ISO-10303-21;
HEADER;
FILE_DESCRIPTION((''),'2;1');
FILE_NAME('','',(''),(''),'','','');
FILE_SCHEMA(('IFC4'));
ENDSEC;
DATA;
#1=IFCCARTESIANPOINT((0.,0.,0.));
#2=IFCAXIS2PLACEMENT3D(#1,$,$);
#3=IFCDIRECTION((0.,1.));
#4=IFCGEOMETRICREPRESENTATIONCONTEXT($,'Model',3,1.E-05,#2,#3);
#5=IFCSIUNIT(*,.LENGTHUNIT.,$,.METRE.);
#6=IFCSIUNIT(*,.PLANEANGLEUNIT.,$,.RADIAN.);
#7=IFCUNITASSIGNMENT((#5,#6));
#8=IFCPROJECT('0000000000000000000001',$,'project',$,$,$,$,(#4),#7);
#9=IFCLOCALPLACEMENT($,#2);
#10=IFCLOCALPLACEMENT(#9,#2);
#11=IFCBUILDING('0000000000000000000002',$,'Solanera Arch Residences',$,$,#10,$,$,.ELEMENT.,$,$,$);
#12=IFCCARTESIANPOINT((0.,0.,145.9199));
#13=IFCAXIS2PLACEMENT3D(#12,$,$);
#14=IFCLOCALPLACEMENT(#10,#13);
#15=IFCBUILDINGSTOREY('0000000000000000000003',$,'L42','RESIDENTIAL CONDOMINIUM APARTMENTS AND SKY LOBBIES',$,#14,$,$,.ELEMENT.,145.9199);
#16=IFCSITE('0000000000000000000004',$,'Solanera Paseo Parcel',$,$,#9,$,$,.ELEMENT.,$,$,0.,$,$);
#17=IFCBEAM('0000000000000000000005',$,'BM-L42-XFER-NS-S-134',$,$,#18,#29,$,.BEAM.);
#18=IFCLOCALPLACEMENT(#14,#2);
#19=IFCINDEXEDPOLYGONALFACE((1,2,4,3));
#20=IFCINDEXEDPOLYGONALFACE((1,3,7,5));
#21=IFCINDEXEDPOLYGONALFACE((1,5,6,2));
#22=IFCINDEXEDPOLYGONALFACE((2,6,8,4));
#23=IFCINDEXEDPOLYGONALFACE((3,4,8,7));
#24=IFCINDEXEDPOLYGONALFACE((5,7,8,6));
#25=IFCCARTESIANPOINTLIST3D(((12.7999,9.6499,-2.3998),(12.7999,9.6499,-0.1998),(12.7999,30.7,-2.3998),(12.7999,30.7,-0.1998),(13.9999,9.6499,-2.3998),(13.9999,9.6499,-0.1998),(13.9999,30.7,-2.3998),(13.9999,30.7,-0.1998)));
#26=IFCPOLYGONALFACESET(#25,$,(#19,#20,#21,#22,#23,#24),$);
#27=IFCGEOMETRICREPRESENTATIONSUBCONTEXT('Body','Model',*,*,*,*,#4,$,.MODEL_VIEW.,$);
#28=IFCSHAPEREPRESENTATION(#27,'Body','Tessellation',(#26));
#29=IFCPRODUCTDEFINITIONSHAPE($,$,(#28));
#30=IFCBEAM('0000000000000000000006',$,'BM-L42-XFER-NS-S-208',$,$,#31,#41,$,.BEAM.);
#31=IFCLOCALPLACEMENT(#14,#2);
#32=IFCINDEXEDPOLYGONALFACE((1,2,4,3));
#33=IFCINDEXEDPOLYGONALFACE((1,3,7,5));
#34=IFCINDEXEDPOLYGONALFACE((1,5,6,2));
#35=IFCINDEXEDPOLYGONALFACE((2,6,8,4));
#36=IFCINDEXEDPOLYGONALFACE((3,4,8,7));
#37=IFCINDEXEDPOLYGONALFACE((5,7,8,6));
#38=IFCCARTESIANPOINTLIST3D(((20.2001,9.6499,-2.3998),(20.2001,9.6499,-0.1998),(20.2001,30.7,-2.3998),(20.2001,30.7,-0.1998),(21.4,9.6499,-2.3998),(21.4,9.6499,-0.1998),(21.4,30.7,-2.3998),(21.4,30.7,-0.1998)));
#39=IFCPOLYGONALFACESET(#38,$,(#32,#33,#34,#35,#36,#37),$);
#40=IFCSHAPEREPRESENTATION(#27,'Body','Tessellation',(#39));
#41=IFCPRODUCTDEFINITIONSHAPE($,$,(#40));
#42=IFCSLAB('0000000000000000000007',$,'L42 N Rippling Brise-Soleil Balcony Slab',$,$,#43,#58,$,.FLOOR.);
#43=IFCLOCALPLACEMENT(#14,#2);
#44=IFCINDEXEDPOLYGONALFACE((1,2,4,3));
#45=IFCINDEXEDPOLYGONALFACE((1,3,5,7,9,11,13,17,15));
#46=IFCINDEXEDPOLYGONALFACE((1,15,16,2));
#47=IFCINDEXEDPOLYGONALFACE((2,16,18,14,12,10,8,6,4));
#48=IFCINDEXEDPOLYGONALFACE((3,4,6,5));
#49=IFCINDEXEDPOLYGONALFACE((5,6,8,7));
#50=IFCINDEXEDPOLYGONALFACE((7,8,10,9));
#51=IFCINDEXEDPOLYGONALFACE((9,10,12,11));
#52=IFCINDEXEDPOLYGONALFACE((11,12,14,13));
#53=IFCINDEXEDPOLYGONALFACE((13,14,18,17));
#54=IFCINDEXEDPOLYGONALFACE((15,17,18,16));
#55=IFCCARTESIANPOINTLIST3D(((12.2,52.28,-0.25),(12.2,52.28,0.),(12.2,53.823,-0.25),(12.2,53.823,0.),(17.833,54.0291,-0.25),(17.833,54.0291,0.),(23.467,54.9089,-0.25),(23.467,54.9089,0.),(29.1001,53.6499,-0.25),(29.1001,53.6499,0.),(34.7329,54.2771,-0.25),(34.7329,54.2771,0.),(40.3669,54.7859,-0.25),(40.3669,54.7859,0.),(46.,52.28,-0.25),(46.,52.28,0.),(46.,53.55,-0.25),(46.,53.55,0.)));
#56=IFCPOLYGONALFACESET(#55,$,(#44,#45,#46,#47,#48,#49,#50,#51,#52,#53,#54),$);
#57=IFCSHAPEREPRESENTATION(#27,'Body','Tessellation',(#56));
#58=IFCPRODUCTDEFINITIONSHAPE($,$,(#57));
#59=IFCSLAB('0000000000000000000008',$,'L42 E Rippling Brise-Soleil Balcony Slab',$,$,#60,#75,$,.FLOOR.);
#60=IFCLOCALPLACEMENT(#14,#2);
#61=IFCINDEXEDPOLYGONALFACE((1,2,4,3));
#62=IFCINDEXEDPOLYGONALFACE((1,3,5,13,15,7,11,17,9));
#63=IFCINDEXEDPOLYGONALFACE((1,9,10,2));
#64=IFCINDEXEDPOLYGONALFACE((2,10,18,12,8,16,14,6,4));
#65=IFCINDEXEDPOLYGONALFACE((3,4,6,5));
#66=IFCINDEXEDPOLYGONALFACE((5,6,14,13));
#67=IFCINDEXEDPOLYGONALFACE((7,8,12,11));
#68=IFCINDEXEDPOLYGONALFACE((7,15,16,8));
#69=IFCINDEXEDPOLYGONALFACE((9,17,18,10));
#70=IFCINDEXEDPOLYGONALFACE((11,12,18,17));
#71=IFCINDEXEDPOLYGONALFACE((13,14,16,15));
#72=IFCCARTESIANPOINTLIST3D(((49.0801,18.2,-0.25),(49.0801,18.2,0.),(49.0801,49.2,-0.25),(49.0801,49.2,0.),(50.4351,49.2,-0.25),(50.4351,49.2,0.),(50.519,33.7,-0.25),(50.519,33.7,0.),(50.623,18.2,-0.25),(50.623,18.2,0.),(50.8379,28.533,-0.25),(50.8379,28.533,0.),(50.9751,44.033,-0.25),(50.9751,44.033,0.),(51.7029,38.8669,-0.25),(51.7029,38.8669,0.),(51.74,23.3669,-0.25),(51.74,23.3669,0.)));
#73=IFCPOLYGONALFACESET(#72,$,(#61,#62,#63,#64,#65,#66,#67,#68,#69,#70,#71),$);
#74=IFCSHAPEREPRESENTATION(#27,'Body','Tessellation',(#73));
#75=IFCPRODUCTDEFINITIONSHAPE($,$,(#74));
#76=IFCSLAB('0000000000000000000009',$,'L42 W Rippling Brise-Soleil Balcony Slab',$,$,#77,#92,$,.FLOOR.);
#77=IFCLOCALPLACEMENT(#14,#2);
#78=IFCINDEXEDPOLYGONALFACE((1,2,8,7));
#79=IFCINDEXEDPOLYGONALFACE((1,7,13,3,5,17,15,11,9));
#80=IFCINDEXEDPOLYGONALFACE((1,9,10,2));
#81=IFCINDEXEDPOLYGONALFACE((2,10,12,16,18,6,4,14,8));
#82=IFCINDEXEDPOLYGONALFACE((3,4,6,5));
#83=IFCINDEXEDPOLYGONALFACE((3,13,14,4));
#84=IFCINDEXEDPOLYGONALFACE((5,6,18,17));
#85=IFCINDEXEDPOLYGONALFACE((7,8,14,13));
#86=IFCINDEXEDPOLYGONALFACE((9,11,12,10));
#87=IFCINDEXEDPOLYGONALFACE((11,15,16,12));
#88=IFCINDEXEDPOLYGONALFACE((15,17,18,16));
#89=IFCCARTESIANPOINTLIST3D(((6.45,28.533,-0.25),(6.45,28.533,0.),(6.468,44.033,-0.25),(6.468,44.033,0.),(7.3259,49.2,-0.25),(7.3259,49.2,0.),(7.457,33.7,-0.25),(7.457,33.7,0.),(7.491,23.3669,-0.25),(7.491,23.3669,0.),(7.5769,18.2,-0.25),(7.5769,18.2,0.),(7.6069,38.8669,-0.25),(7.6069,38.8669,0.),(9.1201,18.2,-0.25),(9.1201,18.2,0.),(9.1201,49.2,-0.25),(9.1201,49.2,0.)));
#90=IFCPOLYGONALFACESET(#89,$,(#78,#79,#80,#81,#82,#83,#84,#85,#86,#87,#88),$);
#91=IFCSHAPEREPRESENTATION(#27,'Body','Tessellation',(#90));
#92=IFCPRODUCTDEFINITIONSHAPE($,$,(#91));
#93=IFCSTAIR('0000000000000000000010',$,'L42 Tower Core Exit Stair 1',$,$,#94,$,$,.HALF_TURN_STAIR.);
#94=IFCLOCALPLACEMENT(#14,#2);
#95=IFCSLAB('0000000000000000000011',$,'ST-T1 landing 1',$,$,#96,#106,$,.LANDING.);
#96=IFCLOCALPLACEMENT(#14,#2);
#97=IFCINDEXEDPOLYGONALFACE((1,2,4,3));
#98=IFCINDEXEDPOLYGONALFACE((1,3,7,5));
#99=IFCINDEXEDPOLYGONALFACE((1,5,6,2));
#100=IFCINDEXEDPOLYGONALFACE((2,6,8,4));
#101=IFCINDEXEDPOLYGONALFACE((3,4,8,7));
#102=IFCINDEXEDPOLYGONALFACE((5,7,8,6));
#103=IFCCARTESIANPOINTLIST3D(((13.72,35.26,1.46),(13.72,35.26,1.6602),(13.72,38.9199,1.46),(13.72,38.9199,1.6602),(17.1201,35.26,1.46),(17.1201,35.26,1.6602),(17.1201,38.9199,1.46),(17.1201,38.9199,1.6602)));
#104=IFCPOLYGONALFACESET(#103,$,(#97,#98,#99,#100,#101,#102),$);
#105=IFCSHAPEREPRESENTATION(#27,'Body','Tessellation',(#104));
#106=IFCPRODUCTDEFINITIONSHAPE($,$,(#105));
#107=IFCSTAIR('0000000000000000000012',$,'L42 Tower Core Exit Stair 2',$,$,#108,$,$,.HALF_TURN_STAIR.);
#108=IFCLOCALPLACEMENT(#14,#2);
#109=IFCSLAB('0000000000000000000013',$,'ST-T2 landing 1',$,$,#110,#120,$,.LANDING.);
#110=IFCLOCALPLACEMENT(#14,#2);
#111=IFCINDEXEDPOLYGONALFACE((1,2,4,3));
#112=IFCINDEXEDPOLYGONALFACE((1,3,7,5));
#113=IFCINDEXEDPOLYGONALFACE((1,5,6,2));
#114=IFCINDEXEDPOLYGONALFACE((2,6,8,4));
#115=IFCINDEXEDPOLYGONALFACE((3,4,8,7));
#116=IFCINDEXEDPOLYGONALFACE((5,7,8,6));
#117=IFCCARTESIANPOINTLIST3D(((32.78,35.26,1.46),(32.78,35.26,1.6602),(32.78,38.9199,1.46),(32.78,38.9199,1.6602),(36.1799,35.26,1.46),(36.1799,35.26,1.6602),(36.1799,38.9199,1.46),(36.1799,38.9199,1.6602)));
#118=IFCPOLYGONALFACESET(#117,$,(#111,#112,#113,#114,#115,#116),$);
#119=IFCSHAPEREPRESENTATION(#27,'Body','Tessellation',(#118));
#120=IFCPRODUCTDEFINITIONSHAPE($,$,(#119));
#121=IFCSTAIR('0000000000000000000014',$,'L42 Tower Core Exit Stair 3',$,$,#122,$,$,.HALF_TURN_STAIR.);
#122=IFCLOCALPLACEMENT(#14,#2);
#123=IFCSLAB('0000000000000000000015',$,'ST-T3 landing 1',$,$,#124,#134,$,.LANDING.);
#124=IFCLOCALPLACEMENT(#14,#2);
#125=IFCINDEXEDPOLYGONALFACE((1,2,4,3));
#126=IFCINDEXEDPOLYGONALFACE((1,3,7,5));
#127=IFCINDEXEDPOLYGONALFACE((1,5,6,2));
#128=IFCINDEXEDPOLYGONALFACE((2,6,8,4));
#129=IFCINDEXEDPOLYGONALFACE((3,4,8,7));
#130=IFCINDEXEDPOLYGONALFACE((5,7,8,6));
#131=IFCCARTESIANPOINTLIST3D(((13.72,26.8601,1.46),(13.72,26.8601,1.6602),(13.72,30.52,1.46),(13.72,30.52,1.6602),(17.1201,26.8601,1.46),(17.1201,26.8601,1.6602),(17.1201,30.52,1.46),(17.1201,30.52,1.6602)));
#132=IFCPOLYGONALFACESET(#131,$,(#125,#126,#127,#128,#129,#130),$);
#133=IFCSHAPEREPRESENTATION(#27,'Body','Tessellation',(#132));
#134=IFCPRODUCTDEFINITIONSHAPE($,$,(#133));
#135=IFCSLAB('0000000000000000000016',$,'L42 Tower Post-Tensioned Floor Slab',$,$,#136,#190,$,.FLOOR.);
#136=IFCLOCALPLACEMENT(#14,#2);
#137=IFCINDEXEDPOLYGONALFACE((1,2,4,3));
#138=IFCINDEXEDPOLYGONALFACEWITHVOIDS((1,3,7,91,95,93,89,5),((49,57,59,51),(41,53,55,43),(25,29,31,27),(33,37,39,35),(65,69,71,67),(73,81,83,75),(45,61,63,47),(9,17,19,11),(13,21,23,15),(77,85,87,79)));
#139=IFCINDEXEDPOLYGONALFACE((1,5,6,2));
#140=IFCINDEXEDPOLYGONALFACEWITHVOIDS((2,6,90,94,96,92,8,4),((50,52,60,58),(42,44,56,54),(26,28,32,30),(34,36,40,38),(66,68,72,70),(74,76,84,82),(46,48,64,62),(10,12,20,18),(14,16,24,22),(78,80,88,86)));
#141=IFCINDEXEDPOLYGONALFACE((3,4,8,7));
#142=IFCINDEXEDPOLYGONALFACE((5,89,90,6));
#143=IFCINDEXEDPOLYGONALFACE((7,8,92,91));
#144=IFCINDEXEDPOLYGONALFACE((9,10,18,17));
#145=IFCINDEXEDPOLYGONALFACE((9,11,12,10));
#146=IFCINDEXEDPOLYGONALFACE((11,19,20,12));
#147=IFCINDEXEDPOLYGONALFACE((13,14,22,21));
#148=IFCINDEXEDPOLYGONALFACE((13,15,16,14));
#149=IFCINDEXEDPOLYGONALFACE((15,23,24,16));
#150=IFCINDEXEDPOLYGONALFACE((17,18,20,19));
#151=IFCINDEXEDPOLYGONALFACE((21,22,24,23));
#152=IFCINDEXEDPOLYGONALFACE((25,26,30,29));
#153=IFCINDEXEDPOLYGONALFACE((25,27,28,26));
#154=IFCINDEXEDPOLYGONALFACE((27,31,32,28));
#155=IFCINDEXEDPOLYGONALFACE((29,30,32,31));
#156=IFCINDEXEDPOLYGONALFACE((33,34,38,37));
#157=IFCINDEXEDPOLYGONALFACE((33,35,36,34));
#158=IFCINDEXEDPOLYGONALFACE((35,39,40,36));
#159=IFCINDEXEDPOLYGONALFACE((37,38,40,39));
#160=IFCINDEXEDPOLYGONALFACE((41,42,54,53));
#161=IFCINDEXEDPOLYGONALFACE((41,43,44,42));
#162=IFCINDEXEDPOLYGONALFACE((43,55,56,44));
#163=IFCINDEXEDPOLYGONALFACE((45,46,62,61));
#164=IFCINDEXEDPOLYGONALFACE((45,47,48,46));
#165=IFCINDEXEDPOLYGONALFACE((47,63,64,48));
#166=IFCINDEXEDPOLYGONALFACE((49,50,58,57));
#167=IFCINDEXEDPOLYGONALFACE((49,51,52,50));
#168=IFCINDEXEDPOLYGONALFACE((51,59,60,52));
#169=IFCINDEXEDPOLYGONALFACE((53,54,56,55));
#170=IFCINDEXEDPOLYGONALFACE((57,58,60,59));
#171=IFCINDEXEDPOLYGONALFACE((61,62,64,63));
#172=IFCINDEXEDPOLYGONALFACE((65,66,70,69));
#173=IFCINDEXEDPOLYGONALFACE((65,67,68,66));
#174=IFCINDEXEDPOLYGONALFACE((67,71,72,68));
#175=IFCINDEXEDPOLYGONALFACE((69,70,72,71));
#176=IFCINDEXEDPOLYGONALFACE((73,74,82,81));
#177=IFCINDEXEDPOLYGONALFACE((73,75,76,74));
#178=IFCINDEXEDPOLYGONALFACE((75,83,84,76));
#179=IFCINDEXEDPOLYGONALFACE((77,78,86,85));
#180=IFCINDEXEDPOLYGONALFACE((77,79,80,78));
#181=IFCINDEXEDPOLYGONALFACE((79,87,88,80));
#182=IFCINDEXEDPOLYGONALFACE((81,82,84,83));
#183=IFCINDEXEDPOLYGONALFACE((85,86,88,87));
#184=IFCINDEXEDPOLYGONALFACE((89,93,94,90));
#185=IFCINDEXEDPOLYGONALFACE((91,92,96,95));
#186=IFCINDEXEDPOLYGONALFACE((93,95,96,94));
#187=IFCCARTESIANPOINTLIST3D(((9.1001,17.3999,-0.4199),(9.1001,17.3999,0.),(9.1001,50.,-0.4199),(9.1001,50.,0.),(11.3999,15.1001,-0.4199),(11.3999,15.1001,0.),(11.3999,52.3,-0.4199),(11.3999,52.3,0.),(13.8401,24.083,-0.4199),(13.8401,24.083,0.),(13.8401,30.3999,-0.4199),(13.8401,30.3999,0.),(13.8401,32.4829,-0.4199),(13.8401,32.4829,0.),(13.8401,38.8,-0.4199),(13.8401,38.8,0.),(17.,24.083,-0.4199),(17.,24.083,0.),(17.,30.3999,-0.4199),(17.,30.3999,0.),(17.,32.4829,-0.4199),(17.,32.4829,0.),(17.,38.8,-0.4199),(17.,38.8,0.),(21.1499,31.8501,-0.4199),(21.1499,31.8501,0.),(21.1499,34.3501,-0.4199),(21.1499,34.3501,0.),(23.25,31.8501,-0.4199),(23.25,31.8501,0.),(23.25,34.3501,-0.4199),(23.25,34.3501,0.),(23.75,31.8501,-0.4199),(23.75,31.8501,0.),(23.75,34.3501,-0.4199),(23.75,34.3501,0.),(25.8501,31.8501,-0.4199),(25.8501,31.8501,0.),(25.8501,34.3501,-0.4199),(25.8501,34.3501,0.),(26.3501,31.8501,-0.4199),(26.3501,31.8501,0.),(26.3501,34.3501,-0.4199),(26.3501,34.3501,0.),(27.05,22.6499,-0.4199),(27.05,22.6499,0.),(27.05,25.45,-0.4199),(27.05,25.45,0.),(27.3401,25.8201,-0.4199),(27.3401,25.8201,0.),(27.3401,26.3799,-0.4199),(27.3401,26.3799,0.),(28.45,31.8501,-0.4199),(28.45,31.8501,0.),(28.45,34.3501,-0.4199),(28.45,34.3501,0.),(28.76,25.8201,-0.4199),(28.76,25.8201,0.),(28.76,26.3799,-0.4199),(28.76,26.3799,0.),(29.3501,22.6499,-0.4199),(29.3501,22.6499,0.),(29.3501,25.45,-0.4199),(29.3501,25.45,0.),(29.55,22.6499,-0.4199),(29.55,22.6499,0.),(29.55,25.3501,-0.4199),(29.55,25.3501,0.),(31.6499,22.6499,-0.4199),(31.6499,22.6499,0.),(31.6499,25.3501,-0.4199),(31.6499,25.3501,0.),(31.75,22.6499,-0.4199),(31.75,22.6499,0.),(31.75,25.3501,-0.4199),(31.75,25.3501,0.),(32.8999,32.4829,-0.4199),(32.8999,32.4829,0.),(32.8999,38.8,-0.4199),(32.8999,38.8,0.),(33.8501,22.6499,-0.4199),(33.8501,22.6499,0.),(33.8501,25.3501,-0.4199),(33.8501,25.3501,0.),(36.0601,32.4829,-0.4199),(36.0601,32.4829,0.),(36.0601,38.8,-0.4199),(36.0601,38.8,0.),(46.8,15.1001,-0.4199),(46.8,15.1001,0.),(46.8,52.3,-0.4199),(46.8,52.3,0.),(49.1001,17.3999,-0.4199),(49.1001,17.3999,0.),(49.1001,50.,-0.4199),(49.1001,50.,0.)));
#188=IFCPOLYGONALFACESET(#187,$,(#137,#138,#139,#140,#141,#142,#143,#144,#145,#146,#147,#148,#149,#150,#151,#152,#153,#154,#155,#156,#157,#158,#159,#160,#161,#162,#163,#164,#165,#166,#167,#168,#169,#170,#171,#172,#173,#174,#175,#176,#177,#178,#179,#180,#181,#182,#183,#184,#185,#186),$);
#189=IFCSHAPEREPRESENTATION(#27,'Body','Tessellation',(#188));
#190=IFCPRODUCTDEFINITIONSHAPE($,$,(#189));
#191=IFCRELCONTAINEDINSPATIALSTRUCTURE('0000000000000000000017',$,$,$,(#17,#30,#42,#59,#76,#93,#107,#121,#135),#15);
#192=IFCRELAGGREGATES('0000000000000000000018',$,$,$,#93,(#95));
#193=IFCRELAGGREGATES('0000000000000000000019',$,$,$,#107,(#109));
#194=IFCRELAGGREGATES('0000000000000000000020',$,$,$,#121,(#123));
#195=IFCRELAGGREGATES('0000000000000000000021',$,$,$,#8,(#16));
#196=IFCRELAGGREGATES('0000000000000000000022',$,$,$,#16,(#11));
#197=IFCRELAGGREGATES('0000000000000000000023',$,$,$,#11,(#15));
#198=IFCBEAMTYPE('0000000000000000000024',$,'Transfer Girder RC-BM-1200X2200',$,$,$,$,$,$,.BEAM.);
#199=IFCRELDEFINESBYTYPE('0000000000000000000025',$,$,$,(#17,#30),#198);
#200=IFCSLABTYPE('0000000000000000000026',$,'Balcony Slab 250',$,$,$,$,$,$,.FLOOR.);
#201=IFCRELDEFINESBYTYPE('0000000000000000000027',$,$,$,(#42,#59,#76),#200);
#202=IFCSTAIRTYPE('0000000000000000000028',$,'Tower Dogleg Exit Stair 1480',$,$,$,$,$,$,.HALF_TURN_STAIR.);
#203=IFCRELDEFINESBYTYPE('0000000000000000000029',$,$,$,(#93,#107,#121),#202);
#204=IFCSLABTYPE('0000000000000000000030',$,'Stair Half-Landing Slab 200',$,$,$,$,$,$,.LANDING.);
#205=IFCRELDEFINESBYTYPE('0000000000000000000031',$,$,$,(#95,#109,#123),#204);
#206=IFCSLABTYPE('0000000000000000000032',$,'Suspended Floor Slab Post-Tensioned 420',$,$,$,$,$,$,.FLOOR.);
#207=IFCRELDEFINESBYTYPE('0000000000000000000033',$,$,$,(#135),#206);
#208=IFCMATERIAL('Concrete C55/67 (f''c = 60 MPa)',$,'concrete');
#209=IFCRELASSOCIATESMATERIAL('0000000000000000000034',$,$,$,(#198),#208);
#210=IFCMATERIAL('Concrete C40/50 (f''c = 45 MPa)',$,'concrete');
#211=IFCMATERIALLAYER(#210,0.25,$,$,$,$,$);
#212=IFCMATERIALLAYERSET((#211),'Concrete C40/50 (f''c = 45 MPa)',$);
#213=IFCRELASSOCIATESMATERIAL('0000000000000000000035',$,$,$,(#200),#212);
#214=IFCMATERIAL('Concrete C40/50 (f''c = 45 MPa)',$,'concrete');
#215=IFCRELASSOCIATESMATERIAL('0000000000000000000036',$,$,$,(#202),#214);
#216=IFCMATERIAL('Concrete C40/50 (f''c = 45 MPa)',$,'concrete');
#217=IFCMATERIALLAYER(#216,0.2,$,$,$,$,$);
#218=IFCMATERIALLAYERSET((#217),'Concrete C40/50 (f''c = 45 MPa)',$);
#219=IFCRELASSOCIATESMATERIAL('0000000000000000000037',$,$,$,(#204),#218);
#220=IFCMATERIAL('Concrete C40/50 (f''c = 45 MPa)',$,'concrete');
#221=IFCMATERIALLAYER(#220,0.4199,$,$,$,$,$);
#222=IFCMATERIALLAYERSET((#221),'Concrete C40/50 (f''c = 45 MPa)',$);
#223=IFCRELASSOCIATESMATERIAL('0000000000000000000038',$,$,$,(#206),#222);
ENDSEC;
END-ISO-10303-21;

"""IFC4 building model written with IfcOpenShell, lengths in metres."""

from ifc_helpers import new_model, si_unit, direction, frame, origin, origin_2d, place, context, subcontext, project, spatial, polyline, rectangle, outline, extrude, material, layer, layer_set, material_profile, profile_set, type_object, element, aggregate, save


model = new_model("IFC4")

# Units and contexts
model_context = context("Model", 3, precision=1e-05, world=origin(), true_north=direction((0.0, 1.0)))
body_context = subcontext(model_context, "Body", "Model", "MODEL_VIEW")
ifc_project = project(units=[si_unit("LENGTHUNIT", "METRE"), si_unit("PLANEANGLEUNIT", "RADIAN")], contexts=[model_context])

# Site, building, storey
site_placement = place(None, origin())
site = spatial("IfcSite", under=ifc_project, at=site_placement, Name="Solanera Paseo Parcel", CompositionType="ELEMENT", RefElevation=0.0)
building_placement = place(site_placement, origin())
building = spatial("IfcBuilding", under=site, at=building_placement, Name="Solanera Arch Residences", CompositionType="ELEMENT")
storey_placement = place(building_placement, frame((0.0, 0.0, 145.9199)))
storey = spatial("IfcBuildingStorey", under=building, at=storey_placement, Name="L42", Description="RESIDENTIAL CONDOMINIUM APARTMENTS AND SKY LOBBIES", CompositionType="ELEMENT", Elevation=145.9199)

# Beams
ifc_material_1 = material(Name="Concrete C55/67 (f'c = 60 MPa)", Category="concrete")
ifc_material_profile = material_profile(ifc_material_1, rectangle(XDim=1.2, YDim=2.2, at=origin_2d()))
ifc_profile_set = profile_set([ifc_material_profile], Name="Concrete C55/67 (f'c = 60 MPa)")
beam_type = type_object("IfcBeamType", Name="Transfer Girder RC-BM-1200X2200", PredefinedType="BEAM", material=ifc_profile_set)
for number, where, z_axis, x_axis, name in (
    (1, (13.3999, 9.6499, -1.2998), (0.0, 1.0, 0.0), (-1.0, 0.0, 0.0), "BM-L42-XFER-NS-S-134"),
    (2, (20.8, 9.6499, -1.2998), (0.0, 1.0, 0.0), (-1.0, 0.0, 0.0), "BM-L42-XFER-NS-S-208"),
):
    element("IfcBeam", number, at=place(storey_placement, frame(where, z_axis=z_axis, x_axis=x_axis)), inside=storey, type_object=beam_type, Name=name, PredefinedType="BEAM", context=body_context, shape_type="SweptSolid", body=[
        extrude(rectangle(XDim=1.2, YDim=2.2, at=origin_2d()), origin(), (0.0, 0.0, 1.0), 21.05),
    ])

# Slabs
ifc_material_2 = material(Name="Concrete C40/50 (f'c = 45 MPa)", Category="concrete")
ifc_layer_1 = layer(ifc_material_2, 0.25)
ifc_layer_set_1 = layer_set([ifc_layer_1], Name="Concrete C40/50 (f'c = 45 MPa)")
slab_type_1 = type_object("IfcSlabType", Name="Balcony Slab 250", PredefinedType="FLOOR", material=ifc_layer_set_1)
slab_1_placement = place(storey_placement, frame((0.0, 0.0, -0.25)))
element("IfcSlab", 3, at=slab_1_placement, inside=storey, type_object=slab_type_1, Name="L42 N Rippling Brise-Soleil Balcony Slab", PredefinedType="FLOOR", context=body_context, shape_type="SweptSolid", body=[
    extrude(outline(polyline([(46.0, 53.55), (40.3669, 54.7859), (34.7329, 54.2771), (29.1001, 53.6499), (23.467, 54.9089), (17.833, 54.0291), (12.2, 53.823), (12.2, 52.28), (46.0, 52.28), (46.0, 53.55)])), origin(), (0.0, 0.0, 1.0), 0.25),
])
slab_2_placement = place(storey_placement, frame((0.0, 0.0, -0.25)))
element("IfcSlab", 4, at=slab_2_placement, inside=storey, type_object=slab_type_1, Name="L42 E Rippling Brise-Soleil Balcony Slab", PredefinedType="FLOOR", context=body_context, shape_type="SweptSolid", body=[
    extrude(outline(polyline([(50.623, 18.2), (51.74, 23.3669), (50.8379, 28.533), (50.519, 33.7), (51.7029, 38.8669), (50.9751, 44.033), (50.4351, 49.2), (49.0801, 49.2), (49.0801, 18.2), (50.623, 18.2)])), origin(), (0.0, 0.0, 1.0), 0.25),
])
slab_3_placement = place(storey_placement, frame((0.0, 0.0, -0.25)))
element("IfcSlab", 5, at=slab_3_placement, inside=storey, type_object=slab_type_1, Name="L42 W Rippling Brise-Soleil Balcony Slab", PredefinedType="FLOOR", context=body_context, shape_type="SweptSolid", body=[
    extrude(outline(polyline([(7.3259, 49.2), (6.468, 44.033), (7.6069, 38.8669), (7.457, 33.7), (6.45, 28.533), (7.491, 23.3669), (7.5769, 18.2), (9.1201, 18.2), (9.1201, 49.2), (7.3259, 49.2)])), origin(), (0.0, 0.0, 1.0), 0.25),
])

# Stairs, slabs
ifc_material_3 = material(Name="Concrete C40/50 (f'c = 45 MPa)", Category="concrete")
stair_type = type_object("IfcStairType", Name="Tower Dogleg Exit Stair 1480", PredefinedType="HALF_TURN_STAIR", material=ifc_material_3)
stair_1_placement = place(storey_placement, origin())
stair_1 = element("IfcStair", 6, at=stair_1_placement, inside=storey, type_object=stair_type, Name="L42 Tower Core Exit Stair 1", PredefinedType="HALF_TURN_STAIR")
ifc_material_4 = material(Name="Concrete C40/50 (f'c = 45 MPa)", Category="concrete")
ifc_layer_2 = layer(ifc_material_4, 0.2)
ifc_layer_set_2 = layer_set([ifc_layer_2], Name="Concrete C40/50 (f'c = 45 MPa)")
slab_type_2 = type_object("IfcSlabType", Name="Stair Half-Landing Slab 200", PredefinedType="LANDING", material=ifc_layer_set_2)
slab_4_placement = place(storey_placement, frame((0.0, 0.0, 1.46)))
slab_4 = element("IfcSlab", 7, at=slab_4_placement, type_object=slab_type_2, Name="ST-T1 landing 1", PredefinedType="LANDING", context=body_context, shape_type="SweptSolid", body=[
    extrude(outline(polyline([(17.1201, 35.26), (17.1201, 38.9199), (13.72, 38.9199), (13.72, 35.26), (17.1201, 35.26)])), origin(), (0.0, 0.0, 1.0), 0.2002),
])
aggregate(stair_1, [slab_4])
stair_2_placement = place(storey_placement, origin())
stair_2 = element("IfcStair", 8, at=stair_2_placement, inside=storey, type_object=stair_type, Name="L42 Tower Core Exit Stair 2", PredefinedType="HALF_TURN_STAIR")
slab_5_placement = place(storey_placement, frame((0.0, 0.0, 1.46)))
slab_5 = element("IfcSlab", 9, at=slab_5_placement, type_object=slab_type_2, Name="ST-T2 landing 1", PredefinedType="LANDING", context=body_context, shape_type="SweptSolid", body=[
    extrude(outline(polyline([(36.1799, 35.26), (36.1799, 38.9199), (32.78, 38.9199), (32.78, 35.26), (36.1799, 35.26)])), origin(), (0.0, 0.0, 1.0), 0.2002),
])
aggregate(stair_2, [slab_5])
stair_3_placement = place(storey_placement, origin())
stair_3 = element("IfcStair", 10, at=stair_3_placement, inside=storey, type_object=stair_type, Name="L42 Tower Core Exit Stair 3", PredefinedType="HALF_TURN_STAIR")
slab_6_placement = place(storey_placement, frame((0.0, 0.0, 1.46)))
slab_6 = element("IfcSlab", 11, at=slab_6_placement, type_object=slab_type_2, Name="ST-T3 landing 1", PredefinedType="LANDING", context=body_context, shape_type="SweptSolid", body=[
    extrude(outline(polyline([(17.1201, 26.8601), (17.1201, 30.52), (13.72, 30.52), (13.72, 26.8601), (17.1201, 26.8601)])), origin(), (0.0, 0.0, 1.0), 0.2002),
])
aggregate(stair_3, [slab_6])

# Slab
ifc_material_5 = material(Name="Concrete C40/50 (f'c = 45 MPa)", Category="concrete")
ifc_layer_3 = layer(ifc_material_5, 0.4199)
ifc_layer_set_3 = layer_set([ifc_layer_3], Name="Concrete C40/50 (f'c = 45 MPa)")
slab_type_3 = type_object("IfcSlabType", Name="Suspended Floor Slab Post-Tensioned 420", PredefinedType="FLOOR", material=ifc_layer_set_3)
slab_7_placement = place(storey_placement, frame((0.0, 0.0, -0.4199)))
element("IfcSlab", 12, at=slab_7_placement, inside=storey, type_object=slab_type_3, Name="L42 Tower Post-Tensioned Floor Slab", PredefinedType="FLOOR", context=body_context, shape_type="SweptSolid", body=[
    extrude(outline(polyline([(11.3999, 15.1001), (46.8, 15.1001), (49.1001, 17.3999), (49.1001, 50.0), (46.8, 52.3), (11.3999, 52.3), (9.1001, 50.0), (9.1001, 17.3999), (11.3999, 15.1001)]), holes=[polyline([(13.8401, 32.4829), (13.8401, 38.8), (17.0, 38.8), (17.0, 32.4829), (13.8401, 32.4829)]), polyline([(32.8999, 32.4829), (32.8999, 38.8), (36.0601, 38.8), (36.0601, 32.4829), (32.8999, 32.4829)]), polyline([(13.8401, 24.083), (13.8401, 30.3999), (17.0, 30.3999), (17.0, 24.083), (13.8401, 24.083)]), polyline([(21.1499, 34.3501), (23.25, 34.3501), (23.25, 31.8501), (21.1499, 31.8501), (21.1499, 34.3501)]), polyline([(23.75, 34.3501), (25.8501, 34.3501), (25.8501, 31.8501), (23.75, 31.8501), (23.75, 34.3501)]), polyline([(26.3501, 34.3501), (28.45, 34.3501), (28.45, 31.8501), (26.3501, 31.8501), (26.3501, 34.3501)]), polyline([(29.55, 25.3501), (31.6499, 25.3501), (31.6499, 22.6499), (29.55, 22.6499), (29.55, 25.3501)]), polyline([(31.75, 25.3501), (33.8501, 25.3501), (33.8501, 22.6499), (31.75, 22.6499), (31.75, 25.3501)]), polyline([(27.05, 25.45), (29.3501, 25.45), (29.3501, 22.6499), (27.05, 22.6499), (27.05, 25.45)]), polyline([(27.3401, 26.3799), (28.76, 26.3799), (28.76, 25.8201), (27.3401, 25.8201), (27.3401, 26.3799)])]), origin(), (0.0, 0.0, 1.0), 0.4199),
])

save(model, "model.ifc")
